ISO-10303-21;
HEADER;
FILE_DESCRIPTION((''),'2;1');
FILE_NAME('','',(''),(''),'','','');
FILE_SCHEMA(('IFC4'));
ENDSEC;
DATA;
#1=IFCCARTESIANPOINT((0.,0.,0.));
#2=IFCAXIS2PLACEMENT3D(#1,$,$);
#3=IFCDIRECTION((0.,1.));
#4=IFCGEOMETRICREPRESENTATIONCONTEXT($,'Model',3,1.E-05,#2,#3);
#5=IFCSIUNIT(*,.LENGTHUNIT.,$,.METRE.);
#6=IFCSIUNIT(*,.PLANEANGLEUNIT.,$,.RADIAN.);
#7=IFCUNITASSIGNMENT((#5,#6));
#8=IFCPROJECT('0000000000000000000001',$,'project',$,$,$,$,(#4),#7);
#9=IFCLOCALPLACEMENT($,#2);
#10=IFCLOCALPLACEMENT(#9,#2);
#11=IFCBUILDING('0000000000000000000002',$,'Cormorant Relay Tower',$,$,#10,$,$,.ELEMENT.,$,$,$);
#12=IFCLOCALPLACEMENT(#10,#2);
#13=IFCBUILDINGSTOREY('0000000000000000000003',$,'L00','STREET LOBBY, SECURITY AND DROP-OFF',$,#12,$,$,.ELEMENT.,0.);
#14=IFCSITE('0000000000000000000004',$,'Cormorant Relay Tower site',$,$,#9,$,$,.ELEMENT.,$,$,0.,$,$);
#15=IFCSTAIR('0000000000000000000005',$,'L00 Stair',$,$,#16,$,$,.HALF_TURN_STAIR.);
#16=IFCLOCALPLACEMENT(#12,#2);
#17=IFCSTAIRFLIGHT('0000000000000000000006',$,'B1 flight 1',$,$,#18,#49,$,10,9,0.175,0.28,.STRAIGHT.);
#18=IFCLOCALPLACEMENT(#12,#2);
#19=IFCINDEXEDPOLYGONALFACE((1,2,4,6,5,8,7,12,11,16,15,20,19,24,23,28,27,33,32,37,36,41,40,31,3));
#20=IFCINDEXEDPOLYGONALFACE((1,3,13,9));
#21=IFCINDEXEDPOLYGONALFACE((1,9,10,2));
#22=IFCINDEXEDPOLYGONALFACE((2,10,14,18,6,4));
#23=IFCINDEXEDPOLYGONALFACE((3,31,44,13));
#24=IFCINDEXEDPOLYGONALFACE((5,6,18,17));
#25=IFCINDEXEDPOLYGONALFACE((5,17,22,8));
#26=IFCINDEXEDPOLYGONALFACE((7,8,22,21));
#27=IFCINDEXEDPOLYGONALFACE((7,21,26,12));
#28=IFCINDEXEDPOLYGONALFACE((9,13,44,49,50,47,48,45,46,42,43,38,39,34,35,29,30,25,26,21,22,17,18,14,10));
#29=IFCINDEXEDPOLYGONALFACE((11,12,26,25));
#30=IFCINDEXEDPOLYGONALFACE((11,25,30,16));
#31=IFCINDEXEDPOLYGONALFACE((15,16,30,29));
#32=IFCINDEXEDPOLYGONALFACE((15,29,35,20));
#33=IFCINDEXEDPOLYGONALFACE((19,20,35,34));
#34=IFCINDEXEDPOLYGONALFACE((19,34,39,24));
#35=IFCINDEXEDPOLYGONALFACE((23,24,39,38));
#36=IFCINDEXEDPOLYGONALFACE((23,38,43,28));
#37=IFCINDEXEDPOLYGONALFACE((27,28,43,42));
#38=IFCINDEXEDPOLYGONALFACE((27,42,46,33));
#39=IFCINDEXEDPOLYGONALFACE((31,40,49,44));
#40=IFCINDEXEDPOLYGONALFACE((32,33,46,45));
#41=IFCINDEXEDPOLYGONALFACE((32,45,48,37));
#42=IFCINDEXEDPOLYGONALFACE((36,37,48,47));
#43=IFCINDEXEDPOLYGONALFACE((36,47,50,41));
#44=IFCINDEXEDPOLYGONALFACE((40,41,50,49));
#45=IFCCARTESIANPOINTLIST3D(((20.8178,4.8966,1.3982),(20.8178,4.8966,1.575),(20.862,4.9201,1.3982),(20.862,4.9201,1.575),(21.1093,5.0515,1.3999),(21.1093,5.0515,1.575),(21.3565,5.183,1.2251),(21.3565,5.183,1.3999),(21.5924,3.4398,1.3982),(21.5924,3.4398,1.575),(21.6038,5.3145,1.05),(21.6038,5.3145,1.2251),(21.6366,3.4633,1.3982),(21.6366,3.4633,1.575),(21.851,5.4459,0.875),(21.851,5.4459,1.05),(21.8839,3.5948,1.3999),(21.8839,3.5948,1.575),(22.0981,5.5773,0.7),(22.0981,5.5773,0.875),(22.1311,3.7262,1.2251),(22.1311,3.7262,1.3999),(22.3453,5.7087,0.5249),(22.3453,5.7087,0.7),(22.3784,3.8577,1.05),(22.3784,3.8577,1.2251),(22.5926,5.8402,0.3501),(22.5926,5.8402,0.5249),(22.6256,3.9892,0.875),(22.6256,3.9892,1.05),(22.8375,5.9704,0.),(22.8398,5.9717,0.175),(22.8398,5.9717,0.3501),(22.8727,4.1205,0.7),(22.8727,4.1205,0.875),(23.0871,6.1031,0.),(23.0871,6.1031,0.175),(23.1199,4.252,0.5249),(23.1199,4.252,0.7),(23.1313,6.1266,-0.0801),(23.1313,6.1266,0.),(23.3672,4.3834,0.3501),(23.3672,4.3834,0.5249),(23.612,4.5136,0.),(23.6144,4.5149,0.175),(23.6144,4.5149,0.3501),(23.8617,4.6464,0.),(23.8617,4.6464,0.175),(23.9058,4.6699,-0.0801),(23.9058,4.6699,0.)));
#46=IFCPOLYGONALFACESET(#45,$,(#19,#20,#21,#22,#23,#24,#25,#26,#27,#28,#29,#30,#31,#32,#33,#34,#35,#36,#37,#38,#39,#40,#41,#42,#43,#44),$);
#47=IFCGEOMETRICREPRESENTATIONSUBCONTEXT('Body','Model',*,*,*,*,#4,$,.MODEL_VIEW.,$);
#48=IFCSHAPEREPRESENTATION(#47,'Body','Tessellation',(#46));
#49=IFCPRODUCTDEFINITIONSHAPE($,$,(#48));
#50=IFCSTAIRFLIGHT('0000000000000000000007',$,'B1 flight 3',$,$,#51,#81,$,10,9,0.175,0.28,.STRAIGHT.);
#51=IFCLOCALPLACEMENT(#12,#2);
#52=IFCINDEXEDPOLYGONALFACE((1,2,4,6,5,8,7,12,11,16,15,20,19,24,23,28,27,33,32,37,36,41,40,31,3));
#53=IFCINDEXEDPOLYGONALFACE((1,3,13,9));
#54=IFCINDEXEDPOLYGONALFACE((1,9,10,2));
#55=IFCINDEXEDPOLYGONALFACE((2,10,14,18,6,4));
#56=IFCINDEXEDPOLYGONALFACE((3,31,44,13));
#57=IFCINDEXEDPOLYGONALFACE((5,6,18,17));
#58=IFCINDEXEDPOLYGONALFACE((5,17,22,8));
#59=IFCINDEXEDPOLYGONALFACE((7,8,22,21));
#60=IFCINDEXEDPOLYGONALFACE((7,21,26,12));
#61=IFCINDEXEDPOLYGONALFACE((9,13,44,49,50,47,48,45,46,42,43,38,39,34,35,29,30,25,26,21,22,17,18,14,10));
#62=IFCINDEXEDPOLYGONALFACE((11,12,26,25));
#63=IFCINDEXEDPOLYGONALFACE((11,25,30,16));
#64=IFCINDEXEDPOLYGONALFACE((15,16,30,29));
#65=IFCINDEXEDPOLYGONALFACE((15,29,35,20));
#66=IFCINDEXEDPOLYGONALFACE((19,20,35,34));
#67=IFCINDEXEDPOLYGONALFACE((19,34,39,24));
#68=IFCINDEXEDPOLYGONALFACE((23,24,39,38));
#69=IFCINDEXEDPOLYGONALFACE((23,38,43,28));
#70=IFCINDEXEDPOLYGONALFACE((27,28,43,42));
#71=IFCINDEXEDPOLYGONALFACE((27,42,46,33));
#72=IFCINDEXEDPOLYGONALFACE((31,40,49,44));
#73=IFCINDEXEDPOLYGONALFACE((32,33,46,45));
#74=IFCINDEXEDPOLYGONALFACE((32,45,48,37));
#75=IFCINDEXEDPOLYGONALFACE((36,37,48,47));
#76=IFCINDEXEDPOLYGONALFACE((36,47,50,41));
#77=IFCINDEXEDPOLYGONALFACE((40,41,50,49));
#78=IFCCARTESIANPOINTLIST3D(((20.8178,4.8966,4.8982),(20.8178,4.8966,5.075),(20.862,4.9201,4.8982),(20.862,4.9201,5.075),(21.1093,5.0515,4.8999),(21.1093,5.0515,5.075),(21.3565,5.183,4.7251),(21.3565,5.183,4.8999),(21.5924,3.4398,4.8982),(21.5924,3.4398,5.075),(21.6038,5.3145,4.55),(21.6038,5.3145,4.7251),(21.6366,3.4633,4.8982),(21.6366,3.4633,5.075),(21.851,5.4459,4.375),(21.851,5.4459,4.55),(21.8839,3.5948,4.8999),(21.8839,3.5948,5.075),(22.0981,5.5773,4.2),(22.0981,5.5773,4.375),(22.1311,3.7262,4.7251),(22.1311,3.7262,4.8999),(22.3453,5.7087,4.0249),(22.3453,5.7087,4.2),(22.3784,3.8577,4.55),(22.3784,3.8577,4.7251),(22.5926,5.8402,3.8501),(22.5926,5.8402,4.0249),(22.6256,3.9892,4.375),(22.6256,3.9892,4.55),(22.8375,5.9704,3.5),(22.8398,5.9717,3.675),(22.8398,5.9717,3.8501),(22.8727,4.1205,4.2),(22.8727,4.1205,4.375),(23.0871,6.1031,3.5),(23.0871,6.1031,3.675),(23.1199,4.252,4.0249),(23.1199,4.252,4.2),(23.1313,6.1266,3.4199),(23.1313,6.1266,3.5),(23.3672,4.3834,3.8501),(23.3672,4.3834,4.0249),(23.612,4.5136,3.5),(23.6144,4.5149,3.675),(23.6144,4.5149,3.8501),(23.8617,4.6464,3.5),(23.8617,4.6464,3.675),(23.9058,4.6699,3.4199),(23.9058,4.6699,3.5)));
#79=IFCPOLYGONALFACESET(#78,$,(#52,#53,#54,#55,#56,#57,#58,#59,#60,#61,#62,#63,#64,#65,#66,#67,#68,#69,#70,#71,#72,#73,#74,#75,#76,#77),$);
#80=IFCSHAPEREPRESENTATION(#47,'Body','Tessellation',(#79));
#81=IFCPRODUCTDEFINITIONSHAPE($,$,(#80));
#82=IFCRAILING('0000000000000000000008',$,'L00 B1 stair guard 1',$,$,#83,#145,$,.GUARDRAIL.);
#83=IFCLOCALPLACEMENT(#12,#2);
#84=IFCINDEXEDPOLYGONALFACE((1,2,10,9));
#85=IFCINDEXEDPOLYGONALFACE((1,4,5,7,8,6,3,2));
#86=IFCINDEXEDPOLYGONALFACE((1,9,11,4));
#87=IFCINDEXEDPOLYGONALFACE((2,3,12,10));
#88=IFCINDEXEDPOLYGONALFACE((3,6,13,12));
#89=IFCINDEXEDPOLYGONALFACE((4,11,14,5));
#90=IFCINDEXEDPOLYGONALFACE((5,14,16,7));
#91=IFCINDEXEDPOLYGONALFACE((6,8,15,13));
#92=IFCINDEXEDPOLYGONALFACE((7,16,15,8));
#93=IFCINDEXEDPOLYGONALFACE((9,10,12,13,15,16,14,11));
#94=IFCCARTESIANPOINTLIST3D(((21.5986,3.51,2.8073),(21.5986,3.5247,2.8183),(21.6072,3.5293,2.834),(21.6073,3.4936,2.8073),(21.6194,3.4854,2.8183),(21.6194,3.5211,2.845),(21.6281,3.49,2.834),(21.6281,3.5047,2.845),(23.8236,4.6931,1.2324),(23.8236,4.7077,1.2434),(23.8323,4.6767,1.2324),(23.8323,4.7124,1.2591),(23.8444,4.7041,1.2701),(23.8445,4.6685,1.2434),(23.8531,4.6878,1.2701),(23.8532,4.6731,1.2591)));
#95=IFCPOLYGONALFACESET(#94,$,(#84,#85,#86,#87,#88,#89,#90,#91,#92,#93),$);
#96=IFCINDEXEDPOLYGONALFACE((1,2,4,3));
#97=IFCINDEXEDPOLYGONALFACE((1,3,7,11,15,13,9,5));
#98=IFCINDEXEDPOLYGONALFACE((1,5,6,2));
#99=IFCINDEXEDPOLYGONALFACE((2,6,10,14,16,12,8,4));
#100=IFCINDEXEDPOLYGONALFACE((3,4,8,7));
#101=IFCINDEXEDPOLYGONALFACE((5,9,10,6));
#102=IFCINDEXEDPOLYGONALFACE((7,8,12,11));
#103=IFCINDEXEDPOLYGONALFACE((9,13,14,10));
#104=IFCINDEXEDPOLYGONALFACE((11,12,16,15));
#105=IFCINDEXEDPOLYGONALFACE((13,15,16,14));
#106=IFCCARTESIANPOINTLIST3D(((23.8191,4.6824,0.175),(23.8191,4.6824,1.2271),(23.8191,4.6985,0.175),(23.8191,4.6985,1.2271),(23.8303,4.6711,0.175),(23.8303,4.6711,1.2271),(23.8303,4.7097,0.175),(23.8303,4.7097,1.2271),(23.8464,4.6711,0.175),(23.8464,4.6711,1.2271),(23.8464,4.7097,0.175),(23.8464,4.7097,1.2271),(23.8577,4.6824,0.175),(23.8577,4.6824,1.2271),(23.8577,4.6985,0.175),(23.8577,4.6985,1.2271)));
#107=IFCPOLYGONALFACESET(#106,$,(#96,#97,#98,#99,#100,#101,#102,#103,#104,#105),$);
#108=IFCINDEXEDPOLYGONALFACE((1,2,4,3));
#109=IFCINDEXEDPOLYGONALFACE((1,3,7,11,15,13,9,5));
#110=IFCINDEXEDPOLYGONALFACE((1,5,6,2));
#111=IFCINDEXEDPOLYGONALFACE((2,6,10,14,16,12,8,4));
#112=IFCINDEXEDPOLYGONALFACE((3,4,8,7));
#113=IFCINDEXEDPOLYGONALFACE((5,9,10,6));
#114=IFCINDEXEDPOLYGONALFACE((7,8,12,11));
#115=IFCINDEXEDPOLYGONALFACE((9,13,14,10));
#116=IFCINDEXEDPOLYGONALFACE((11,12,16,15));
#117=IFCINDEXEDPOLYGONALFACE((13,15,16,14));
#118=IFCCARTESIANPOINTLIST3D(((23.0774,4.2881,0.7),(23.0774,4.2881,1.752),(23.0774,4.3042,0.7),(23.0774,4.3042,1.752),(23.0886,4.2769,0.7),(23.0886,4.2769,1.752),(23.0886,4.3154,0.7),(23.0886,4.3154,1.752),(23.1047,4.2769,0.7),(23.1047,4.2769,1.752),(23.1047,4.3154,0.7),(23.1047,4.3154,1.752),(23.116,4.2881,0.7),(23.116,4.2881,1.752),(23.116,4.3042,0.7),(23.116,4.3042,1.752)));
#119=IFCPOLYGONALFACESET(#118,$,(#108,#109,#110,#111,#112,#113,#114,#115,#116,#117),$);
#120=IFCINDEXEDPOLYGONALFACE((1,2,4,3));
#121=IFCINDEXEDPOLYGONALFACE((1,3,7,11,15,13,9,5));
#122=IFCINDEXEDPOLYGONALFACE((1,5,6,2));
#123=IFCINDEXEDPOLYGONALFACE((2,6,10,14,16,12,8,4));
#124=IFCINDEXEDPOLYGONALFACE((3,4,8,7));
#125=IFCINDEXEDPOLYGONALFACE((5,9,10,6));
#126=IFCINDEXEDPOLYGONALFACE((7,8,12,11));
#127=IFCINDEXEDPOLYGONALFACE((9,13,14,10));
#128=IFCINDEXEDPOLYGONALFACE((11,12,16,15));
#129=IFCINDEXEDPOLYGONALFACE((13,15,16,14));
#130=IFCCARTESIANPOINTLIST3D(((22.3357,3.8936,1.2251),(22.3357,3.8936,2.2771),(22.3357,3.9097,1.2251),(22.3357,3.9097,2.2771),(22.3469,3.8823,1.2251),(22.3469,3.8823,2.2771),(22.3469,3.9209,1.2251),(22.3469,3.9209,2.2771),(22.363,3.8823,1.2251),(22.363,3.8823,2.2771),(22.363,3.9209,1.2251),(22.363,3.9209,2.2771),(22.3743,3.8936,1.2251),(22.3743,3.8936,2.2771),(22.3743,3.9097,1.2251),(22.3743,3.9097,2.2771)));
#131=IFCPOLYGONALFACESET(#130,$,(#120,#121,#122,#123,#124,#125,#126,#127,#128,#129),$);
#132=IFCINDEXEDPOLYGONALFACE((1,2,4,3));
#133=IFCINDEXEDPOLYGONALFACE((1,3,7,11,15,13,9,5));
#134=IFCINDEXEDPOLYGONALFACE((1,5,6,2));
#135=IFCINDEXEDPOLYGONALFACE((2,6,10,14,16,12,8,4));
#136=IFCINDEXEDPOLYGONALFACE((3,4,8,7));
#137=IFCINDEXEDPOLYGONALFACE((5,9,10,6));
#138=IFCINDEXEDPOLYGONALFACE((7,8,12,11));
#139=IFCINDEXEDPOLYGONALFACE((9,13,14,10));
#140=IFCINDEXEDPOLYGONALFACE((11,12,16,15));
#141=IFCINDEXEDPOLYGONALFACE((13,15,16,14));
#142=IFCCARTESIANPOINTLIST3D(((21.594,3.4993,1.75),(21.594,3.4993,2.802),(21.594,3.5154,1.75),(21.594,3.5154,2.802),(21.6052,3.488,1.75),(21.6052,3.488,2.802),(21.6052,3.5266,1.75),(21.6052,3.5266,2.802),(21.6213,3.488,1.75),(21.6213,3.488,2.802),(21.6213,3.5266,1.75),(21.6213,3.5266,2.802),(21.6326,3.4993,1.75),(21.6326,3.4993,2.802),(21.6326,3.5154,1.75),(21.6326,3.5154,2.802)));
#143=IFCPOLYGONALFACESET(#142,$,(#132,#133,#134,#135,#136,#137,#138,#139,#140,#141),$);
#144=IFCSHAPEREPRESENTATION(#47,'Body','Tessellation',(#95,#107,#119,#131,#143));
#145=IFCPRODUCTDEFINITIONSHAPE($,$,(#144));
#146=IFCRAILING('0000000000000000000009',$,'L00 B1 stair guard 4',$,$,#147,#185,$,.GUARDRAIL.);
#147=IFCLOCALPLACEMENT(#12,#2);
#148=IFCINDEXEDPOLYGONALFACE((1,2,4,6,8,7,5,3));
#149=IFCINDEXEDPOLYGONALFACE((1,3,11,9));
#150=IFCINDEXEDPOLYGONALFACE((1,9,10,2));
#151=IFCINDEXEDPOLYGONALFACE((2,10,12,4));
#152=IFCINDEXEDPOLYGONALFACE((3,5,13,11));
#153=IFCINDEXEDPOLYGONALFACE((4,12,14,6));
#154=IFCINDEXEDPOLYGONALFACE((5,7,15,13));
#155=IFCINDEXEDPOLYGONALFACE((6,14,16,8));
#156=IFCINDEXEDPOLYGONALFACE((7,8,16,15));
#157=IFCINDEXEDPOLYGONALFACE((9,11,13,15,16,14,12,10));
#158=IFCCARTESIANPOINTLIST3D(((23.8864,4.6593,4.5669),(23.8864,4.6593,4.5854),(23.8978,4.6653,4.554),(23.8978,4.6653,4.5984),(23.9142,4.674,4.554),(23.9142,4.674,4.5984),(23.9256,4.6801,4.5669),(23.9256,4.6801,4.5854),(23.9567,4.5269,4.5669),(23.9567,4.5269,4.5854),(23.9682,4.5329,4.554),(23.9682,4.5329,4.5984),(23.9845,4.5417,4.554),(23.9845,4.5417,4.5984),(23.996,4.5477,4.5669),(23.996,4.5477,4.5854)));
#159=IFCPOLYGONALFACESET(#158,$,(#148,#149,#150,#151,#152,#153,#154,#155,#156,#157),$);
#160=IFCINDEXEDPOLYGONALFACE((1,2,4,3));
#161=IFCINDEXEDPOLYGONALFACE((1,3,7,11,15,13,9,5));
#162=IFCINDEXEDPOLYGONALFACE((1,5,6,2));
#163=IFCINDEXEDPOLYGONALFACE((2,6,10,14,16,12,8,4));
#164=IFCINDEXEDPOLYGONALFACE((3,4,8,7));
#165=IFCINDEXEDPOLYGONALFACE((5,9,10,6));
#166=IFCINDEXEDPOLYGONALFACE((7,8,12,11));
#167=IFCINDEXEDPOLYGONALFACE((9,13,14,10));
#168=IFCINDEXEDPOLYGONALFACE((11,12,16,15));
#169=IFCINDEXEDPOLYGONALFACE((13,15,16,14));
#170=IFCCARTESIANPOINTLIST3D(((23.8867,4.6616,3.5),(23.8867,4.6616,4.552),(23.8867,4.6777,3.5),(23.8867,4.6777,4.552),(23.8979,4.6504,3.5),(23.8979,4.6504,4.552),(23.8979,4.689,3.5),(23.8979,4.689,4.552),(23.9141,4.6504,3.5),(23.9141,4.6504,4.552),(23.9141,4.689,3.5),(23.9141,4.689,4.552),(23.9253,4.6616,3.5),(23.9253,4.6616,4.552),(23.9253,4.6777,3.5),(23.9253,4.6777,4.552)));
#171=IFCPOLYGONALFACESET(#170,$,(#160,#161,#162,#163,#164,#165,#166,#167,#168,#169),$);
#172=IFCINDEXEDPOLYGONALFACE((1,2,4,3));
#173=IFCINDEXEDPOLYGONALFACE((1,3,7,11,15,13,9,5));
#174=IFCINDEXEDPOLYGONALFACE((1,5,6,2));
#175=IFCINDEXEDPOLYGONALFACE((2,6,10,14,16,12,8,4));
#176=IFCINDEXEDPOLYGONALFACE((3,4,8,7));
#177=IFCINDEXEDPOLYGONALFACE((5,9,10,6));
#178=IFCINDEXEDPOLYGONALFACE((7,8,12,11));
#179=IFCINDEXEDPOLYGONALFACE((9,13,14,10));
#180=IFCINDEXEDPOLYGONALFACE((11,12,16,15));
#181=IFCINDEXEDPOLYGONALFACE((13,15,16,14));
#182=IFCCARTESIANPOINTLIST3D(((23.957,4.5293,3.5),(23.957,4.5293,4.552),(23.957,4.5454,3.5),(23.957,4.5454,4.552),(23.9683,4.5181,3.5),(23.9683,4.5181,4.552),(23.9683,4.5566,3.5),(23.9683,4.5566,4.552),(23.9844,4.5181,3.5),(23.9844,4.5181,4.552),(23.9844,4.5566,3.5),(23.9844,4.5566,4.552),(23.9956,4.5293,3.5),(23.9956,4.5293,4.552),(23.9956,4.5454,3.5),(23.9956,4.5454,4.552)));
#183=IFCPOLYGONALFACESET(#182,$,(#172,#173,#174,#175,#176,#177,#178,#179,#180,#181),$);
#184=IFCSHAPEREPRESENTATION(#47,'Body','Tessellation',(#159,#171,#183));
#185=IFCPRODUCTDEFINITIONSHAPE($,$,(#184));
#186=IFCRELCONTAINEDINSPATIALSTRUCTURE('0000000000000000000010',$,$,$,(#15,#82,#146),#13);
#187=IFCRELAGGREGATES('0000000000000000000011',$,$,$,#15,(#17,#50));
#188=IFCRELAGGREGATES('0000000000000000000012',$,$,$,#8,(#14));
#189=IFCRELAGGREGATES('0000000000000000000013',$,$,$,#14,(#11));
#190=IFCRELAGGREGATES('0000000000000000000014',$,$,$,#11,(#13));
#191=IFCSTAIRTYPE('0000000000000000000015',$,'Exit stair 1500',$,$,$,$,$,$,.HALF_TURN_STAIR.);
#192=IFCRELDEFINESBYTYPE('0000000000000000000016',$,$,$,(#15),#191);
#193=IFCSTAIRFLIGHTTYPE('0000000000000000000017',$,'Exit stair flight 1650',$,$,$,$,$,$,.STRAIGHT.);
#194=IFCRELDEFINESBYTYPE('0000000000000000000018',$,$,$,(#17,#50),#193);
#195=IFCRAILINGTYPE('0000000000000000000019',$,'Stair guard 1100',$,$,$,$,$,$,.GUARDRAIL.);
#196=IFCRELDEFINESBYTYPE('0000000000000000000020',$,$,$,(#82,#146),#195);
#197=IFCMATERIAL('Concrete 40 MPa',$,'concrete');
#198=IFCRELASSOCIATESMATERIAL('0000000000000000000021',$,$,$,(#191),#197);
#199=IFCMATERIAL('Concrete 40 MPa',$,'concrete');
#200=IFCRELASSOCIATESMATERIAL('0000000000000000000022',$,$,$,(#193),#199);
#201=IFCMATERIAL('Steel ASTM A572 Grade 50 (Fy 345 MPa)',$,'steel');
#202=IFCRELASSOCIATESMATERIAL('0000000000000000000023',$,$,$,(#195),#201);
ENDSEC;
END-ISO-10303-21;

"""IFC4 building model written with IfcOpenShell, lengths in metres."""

from ifc_helpers import new_model, si_unit, direction, frame, origin, place, context, subcontext, project, spatial, polyline, outline, extrude, material, type_object, element, aggregate, save


model = new_model("IFC4")

# Units and contexts
model_context = context("Model", 3, precision=1e-05, world=origin(), true_north=direction((0.0, 1.0)))
body_context = subcontext(model_context, "Body", "Model", "MODEL_VIEW")
ifc_project = project(units=[si_unit("LENGTHUNIT", "METRE"), si_unit("PLANEANGLEUNIT", "RADIAN")], contexts=[model_context])

# Site, building, storey
site_placement = place(None, origin())
site = spatial("IfcSite", under=ifc_project, at=site_placement, Name="Cormorant Relay Tower site", CompositionType="ELEMENT", RefElevation=0.0)
building_placement = place(site_placement, origin())
building = spatial("IfcBuilding", under=site, at=building_placement, Name="Cormorant Relay Tower", CompositionType="ELEMENT")
storey_placement = place(building_placement, origin())
storey = spatial("IfcBuildingStorey", under=building, at=storey_placement, Name="L00", Description="STREET LOBBY, SECURITY AND DROP-OFF", CompositionType="ELEMENT", Elevation=0.0)

# Stair, stair flights
ifc_material_1 = material(Name="Concrete 40 MPa", Category="concrete")
stair_type = type_object("IfcStairType", Name="Exit stair 1500", PredefinedType="HALF_TURN_STAIR", material=ifc_material_1)
stair_placement = place(storey_placement, origin())
stair = element("IfcStair", 1, at=stair_placement, inside=storey, type_object=stair_type, Name="L00 Stair", PredefinedType="HALF_TURN_STAIR")
ifc_material_2 = material(Name="Concrete 40 MPa", Category="concrete")
stair_flight_type = type_object("IfcStairFlightType", Name="Exit stair flight 1650", PredefinedType="STRAIGHT", material=ifc_material_2)
stair_flight_1_placement = place(storey_placement, frame((23.4744, 5.3748, 0.0), z_axis=(0.0, 0.0, 1.0), x_axis=(-0.882948, -0.469472, 0.0)))
stair_flight_1 = element("IfcStairFlight", 2, at=stair_flight_1_placement, type_object=stair_flight_type, Name="B1 flight 1", NumberOfRisers=10, NumberOfTreads=9, PredefinedType="STRAIGHT", RiserHeight=0.175, TreadLength=0.28, context=body_context, shape_type="SweptSolid", body=[
    extrude(outline(polyline([(-0.05, -0.0801), (-0.05, 0.0), (0.0, 0.0), (0.0, 0.175), (0.28, 0.175), (0.28, 0.3501), (0.5601, 0.3501), (0.5601, 0.5249), (0.8401, 0.5249), (0.8401, 0.7), (1.1201, 0.7), (1.1201, 0.875), (1.3999, 0.875), (1.3999, 1.05), (1.6799, 1.05), (1.6799, 1.2251), (1.96, 1.2251), (1.96, 1.3999), (2.24, 1.3999), (2.24, 1.575), (2.52, 1.575), (2.5701, 1.575), (2.5701, 1.3982), (2.52, 1.3982), (0.2827, 0.0), (-0.05, -0.0801)])), frame((0.0, 0.825, 0.0), z_axis=(0.0, -1.0, 0.0), x_axis=(1.0, 0.0, 0.0)), (0.0, 0.0, 1.0), 1.6499),
])
stair_flight_2_placement = place(storey_placement, frame((23.4744, 5.3748, 3.5), z_axis=(0.0, 0.0, 1.0), x_axis=(-0.882948, -0.469472, 0.0)))
stair_flight_2 = element("IfcStairFlight", 3, at=stair_flight_2_placement, type_object=stair_flight_type, Name="B1 flight 3", NumberOfRisers=10, NumberOfTreads=9, PredefinedType="STRAIGHT", RiserHeight=0.175, TreadLength=0.28, context=body_context, shape_type="SweptSolid", body=[
    extrude(outline(polyline([(-0.05, -0.0801), (-0.05, 0.0), (0.0, 0.0), (0.0, 0.175), (0.28, 0.175), (0.28, 0.3501), (0.5601, 0.3501), (0.5601, 0.5249), (0.8401, 0.5249), (0.8401, 0.7), (1.1201, 0.7), (1.1201, 0.875), (1.3999, 0.875), (1.3999, 1.05), (1.6799, 1.05), (1.6799, 1.2251), (1.96, 1.2251), (1.96, 1.3999), (2.24, 1.3999), (2.24, 1.575), (2.52, 1.575), (2.5701, 1.575), (2.5701, 1.3982), (2.52, 1.3982), (0.2827, 0.0), (-0.05, -0.0801)])), frame((0.0, 0.825, 0.0), z_axis=(0.0, -1.0, 0.0), x_axis=(1.0, 0.0, 0.0)), (0.0, 0.0, 1.0), 1.6499),
])
aggregate(stair, [stair_flight_1, stair_flight_2])

# Railings
ifc_material_3 = material(Name="Steel ASTM A572 Grade 50 (Fy 345 MPa)", Category="steel")
railing_type_1 = type_object("IfcRailingType", Name="Stair guard 1100", PredefinedType="GUARDRAIL", material=ifc_material_3)
railing_1_placement = place(storey_placement, frame((23.8384, 4.6904, 0.175)))
element("IfcRailing", 4, at=railing_1_placement, inside=storey, type_object=railing_type_1, Name="L00 B1 stair guard 1", PredefinedType="GUARDRAIL", context=body_context, shape_type="SweptSolid", body=[
    extrude(outline(polyline([(0.0222, 0.0093), (0.0093, 0.0222), (-0.0093, 0.0222), (-0.0222, 0.0093), (-0.0222, -0.0093), (-0.0093, -0.0222), (0.0093, -0.0222), (0.0222, -0.0093), (0.0222, 0.0093)])), frame((0.0, 0.0, 1.0762), z_axis=(-0.748751, -0.398118, 0.529975), x_axis=(0.469472, -0.882948, 0.0)), (0.0, 0.0, 1.0), 2.9717),
    extrude(outline(polyline([(0.0193, 0.0081), (0.0081, 0.0193), (-0.0081, 0.0193), (-0.0193, 0.0081), (-0.0193, -0.0081), (-0.0081, -0.0193), (0.0081, -0.0193), (0.0193, -0.0081), (0.0193, 0.0081)])), origin(), (0.0, 0.0, 1.0), 1.052),
    extrude(outline(polyline([(0.0193, 0.0081), (0.0081, 0.0193), (-0.0081, 0.0193), (-0.0193, 0.0081), (-0.0193, -0.0081), (-0.0081, -0.0193), (0.0081, -0.0193), (0.0193, -0.0081), (0.0193, 0.0081)])), frame((-0.7417, -0.3943, 0.5249)), (0.0, 0.0, 1.0), 1.052),
    extrude(outline(polyline([(0.0193, 0.0081), (0.0081, 0.0193), (-0.0081, 0.0193), (-0.0193, 0.0081), (-0.0193, -0.0081), (-0.0081, -0.0193), (0.0081, -0.0193), (0.0193, -0.0081), (0.0193, 0.0081)])), frame((-1.4834, -0.7888, 1.05)), (0.0, 0.0, 1.0), 1.052),
    extrude(outline(polyline([(0.0193, 0.0081), (0.0081, 0.0193), (-0.0081, 0.0193), (-0.0193, 0.0081), (-0.0193, -0.0081), (-0.0081, -0.0193), (0.0081, -0.0193), (0.0193, -0.0081), (0.0193, 0.0081)])), frame((-2.2251, -1.1831, 1.575)), (0.0, 0.0, 1.0), 1.052),
])
railing_2_placement = place(storey_placement, frame((23.906, 4.6697, 3.5)))
element("IfcRailing", 5, at=railing_2_placement, inside=storey, type_object=railing_type_1, Name="L00 B1 stair guard 4", PredefinedType="GUARDRAIL", context=body_context, shape_type="SweptSolid", body=[
    extrude(outline(polyline([(0.0222, 0.0093), (0.0093, 0.0222), (-0.0093, 0.0222), (-0.0222, 0.0093), (-0.0222, -0.0093), (-0.0093, -0.0222), (0.0093, -0.0222), (0.0222, -0.0093), (0.0222, 0.0093)])), frame((0.0, 0.0, 1.0762), z_axis=(0.469235, -0.883074, 0.0), x_axis=(0.883074, 0.469235, 0.0)), (0.0, 0.0, 1.0), 0.1499),
    extrude(outline(polyline([(0.0193, 0.0081), (0.0081, 0.0193), (-0.0081, 0.0193), (-0.0193, 0.0081), (-0.0193, -0.0081), (-0.0081, -0.0193), (0.0081, -0.0193), (0.0193, -0.0081), (0.0193, 0.0081)])), origin(), (0.0, 0.0, 1.0), 1.052),
    extrude(outline(polyline([(0.0193, 0.0081), (0.0081, 0.0193), (-0.0081, 0.0193), (-0.0193, 0.0081), (-0.0193, -0.0081), (-0.0081, -0.0193), (0.0081, -0.0193), (0.0193, -0.0081), (0.0193, 0.0081)])), frame((0.0703, -0.1323, 0.0)), (0.0, 0.0, 1.0), 1.052),
])

save(model, "model.ifc")
